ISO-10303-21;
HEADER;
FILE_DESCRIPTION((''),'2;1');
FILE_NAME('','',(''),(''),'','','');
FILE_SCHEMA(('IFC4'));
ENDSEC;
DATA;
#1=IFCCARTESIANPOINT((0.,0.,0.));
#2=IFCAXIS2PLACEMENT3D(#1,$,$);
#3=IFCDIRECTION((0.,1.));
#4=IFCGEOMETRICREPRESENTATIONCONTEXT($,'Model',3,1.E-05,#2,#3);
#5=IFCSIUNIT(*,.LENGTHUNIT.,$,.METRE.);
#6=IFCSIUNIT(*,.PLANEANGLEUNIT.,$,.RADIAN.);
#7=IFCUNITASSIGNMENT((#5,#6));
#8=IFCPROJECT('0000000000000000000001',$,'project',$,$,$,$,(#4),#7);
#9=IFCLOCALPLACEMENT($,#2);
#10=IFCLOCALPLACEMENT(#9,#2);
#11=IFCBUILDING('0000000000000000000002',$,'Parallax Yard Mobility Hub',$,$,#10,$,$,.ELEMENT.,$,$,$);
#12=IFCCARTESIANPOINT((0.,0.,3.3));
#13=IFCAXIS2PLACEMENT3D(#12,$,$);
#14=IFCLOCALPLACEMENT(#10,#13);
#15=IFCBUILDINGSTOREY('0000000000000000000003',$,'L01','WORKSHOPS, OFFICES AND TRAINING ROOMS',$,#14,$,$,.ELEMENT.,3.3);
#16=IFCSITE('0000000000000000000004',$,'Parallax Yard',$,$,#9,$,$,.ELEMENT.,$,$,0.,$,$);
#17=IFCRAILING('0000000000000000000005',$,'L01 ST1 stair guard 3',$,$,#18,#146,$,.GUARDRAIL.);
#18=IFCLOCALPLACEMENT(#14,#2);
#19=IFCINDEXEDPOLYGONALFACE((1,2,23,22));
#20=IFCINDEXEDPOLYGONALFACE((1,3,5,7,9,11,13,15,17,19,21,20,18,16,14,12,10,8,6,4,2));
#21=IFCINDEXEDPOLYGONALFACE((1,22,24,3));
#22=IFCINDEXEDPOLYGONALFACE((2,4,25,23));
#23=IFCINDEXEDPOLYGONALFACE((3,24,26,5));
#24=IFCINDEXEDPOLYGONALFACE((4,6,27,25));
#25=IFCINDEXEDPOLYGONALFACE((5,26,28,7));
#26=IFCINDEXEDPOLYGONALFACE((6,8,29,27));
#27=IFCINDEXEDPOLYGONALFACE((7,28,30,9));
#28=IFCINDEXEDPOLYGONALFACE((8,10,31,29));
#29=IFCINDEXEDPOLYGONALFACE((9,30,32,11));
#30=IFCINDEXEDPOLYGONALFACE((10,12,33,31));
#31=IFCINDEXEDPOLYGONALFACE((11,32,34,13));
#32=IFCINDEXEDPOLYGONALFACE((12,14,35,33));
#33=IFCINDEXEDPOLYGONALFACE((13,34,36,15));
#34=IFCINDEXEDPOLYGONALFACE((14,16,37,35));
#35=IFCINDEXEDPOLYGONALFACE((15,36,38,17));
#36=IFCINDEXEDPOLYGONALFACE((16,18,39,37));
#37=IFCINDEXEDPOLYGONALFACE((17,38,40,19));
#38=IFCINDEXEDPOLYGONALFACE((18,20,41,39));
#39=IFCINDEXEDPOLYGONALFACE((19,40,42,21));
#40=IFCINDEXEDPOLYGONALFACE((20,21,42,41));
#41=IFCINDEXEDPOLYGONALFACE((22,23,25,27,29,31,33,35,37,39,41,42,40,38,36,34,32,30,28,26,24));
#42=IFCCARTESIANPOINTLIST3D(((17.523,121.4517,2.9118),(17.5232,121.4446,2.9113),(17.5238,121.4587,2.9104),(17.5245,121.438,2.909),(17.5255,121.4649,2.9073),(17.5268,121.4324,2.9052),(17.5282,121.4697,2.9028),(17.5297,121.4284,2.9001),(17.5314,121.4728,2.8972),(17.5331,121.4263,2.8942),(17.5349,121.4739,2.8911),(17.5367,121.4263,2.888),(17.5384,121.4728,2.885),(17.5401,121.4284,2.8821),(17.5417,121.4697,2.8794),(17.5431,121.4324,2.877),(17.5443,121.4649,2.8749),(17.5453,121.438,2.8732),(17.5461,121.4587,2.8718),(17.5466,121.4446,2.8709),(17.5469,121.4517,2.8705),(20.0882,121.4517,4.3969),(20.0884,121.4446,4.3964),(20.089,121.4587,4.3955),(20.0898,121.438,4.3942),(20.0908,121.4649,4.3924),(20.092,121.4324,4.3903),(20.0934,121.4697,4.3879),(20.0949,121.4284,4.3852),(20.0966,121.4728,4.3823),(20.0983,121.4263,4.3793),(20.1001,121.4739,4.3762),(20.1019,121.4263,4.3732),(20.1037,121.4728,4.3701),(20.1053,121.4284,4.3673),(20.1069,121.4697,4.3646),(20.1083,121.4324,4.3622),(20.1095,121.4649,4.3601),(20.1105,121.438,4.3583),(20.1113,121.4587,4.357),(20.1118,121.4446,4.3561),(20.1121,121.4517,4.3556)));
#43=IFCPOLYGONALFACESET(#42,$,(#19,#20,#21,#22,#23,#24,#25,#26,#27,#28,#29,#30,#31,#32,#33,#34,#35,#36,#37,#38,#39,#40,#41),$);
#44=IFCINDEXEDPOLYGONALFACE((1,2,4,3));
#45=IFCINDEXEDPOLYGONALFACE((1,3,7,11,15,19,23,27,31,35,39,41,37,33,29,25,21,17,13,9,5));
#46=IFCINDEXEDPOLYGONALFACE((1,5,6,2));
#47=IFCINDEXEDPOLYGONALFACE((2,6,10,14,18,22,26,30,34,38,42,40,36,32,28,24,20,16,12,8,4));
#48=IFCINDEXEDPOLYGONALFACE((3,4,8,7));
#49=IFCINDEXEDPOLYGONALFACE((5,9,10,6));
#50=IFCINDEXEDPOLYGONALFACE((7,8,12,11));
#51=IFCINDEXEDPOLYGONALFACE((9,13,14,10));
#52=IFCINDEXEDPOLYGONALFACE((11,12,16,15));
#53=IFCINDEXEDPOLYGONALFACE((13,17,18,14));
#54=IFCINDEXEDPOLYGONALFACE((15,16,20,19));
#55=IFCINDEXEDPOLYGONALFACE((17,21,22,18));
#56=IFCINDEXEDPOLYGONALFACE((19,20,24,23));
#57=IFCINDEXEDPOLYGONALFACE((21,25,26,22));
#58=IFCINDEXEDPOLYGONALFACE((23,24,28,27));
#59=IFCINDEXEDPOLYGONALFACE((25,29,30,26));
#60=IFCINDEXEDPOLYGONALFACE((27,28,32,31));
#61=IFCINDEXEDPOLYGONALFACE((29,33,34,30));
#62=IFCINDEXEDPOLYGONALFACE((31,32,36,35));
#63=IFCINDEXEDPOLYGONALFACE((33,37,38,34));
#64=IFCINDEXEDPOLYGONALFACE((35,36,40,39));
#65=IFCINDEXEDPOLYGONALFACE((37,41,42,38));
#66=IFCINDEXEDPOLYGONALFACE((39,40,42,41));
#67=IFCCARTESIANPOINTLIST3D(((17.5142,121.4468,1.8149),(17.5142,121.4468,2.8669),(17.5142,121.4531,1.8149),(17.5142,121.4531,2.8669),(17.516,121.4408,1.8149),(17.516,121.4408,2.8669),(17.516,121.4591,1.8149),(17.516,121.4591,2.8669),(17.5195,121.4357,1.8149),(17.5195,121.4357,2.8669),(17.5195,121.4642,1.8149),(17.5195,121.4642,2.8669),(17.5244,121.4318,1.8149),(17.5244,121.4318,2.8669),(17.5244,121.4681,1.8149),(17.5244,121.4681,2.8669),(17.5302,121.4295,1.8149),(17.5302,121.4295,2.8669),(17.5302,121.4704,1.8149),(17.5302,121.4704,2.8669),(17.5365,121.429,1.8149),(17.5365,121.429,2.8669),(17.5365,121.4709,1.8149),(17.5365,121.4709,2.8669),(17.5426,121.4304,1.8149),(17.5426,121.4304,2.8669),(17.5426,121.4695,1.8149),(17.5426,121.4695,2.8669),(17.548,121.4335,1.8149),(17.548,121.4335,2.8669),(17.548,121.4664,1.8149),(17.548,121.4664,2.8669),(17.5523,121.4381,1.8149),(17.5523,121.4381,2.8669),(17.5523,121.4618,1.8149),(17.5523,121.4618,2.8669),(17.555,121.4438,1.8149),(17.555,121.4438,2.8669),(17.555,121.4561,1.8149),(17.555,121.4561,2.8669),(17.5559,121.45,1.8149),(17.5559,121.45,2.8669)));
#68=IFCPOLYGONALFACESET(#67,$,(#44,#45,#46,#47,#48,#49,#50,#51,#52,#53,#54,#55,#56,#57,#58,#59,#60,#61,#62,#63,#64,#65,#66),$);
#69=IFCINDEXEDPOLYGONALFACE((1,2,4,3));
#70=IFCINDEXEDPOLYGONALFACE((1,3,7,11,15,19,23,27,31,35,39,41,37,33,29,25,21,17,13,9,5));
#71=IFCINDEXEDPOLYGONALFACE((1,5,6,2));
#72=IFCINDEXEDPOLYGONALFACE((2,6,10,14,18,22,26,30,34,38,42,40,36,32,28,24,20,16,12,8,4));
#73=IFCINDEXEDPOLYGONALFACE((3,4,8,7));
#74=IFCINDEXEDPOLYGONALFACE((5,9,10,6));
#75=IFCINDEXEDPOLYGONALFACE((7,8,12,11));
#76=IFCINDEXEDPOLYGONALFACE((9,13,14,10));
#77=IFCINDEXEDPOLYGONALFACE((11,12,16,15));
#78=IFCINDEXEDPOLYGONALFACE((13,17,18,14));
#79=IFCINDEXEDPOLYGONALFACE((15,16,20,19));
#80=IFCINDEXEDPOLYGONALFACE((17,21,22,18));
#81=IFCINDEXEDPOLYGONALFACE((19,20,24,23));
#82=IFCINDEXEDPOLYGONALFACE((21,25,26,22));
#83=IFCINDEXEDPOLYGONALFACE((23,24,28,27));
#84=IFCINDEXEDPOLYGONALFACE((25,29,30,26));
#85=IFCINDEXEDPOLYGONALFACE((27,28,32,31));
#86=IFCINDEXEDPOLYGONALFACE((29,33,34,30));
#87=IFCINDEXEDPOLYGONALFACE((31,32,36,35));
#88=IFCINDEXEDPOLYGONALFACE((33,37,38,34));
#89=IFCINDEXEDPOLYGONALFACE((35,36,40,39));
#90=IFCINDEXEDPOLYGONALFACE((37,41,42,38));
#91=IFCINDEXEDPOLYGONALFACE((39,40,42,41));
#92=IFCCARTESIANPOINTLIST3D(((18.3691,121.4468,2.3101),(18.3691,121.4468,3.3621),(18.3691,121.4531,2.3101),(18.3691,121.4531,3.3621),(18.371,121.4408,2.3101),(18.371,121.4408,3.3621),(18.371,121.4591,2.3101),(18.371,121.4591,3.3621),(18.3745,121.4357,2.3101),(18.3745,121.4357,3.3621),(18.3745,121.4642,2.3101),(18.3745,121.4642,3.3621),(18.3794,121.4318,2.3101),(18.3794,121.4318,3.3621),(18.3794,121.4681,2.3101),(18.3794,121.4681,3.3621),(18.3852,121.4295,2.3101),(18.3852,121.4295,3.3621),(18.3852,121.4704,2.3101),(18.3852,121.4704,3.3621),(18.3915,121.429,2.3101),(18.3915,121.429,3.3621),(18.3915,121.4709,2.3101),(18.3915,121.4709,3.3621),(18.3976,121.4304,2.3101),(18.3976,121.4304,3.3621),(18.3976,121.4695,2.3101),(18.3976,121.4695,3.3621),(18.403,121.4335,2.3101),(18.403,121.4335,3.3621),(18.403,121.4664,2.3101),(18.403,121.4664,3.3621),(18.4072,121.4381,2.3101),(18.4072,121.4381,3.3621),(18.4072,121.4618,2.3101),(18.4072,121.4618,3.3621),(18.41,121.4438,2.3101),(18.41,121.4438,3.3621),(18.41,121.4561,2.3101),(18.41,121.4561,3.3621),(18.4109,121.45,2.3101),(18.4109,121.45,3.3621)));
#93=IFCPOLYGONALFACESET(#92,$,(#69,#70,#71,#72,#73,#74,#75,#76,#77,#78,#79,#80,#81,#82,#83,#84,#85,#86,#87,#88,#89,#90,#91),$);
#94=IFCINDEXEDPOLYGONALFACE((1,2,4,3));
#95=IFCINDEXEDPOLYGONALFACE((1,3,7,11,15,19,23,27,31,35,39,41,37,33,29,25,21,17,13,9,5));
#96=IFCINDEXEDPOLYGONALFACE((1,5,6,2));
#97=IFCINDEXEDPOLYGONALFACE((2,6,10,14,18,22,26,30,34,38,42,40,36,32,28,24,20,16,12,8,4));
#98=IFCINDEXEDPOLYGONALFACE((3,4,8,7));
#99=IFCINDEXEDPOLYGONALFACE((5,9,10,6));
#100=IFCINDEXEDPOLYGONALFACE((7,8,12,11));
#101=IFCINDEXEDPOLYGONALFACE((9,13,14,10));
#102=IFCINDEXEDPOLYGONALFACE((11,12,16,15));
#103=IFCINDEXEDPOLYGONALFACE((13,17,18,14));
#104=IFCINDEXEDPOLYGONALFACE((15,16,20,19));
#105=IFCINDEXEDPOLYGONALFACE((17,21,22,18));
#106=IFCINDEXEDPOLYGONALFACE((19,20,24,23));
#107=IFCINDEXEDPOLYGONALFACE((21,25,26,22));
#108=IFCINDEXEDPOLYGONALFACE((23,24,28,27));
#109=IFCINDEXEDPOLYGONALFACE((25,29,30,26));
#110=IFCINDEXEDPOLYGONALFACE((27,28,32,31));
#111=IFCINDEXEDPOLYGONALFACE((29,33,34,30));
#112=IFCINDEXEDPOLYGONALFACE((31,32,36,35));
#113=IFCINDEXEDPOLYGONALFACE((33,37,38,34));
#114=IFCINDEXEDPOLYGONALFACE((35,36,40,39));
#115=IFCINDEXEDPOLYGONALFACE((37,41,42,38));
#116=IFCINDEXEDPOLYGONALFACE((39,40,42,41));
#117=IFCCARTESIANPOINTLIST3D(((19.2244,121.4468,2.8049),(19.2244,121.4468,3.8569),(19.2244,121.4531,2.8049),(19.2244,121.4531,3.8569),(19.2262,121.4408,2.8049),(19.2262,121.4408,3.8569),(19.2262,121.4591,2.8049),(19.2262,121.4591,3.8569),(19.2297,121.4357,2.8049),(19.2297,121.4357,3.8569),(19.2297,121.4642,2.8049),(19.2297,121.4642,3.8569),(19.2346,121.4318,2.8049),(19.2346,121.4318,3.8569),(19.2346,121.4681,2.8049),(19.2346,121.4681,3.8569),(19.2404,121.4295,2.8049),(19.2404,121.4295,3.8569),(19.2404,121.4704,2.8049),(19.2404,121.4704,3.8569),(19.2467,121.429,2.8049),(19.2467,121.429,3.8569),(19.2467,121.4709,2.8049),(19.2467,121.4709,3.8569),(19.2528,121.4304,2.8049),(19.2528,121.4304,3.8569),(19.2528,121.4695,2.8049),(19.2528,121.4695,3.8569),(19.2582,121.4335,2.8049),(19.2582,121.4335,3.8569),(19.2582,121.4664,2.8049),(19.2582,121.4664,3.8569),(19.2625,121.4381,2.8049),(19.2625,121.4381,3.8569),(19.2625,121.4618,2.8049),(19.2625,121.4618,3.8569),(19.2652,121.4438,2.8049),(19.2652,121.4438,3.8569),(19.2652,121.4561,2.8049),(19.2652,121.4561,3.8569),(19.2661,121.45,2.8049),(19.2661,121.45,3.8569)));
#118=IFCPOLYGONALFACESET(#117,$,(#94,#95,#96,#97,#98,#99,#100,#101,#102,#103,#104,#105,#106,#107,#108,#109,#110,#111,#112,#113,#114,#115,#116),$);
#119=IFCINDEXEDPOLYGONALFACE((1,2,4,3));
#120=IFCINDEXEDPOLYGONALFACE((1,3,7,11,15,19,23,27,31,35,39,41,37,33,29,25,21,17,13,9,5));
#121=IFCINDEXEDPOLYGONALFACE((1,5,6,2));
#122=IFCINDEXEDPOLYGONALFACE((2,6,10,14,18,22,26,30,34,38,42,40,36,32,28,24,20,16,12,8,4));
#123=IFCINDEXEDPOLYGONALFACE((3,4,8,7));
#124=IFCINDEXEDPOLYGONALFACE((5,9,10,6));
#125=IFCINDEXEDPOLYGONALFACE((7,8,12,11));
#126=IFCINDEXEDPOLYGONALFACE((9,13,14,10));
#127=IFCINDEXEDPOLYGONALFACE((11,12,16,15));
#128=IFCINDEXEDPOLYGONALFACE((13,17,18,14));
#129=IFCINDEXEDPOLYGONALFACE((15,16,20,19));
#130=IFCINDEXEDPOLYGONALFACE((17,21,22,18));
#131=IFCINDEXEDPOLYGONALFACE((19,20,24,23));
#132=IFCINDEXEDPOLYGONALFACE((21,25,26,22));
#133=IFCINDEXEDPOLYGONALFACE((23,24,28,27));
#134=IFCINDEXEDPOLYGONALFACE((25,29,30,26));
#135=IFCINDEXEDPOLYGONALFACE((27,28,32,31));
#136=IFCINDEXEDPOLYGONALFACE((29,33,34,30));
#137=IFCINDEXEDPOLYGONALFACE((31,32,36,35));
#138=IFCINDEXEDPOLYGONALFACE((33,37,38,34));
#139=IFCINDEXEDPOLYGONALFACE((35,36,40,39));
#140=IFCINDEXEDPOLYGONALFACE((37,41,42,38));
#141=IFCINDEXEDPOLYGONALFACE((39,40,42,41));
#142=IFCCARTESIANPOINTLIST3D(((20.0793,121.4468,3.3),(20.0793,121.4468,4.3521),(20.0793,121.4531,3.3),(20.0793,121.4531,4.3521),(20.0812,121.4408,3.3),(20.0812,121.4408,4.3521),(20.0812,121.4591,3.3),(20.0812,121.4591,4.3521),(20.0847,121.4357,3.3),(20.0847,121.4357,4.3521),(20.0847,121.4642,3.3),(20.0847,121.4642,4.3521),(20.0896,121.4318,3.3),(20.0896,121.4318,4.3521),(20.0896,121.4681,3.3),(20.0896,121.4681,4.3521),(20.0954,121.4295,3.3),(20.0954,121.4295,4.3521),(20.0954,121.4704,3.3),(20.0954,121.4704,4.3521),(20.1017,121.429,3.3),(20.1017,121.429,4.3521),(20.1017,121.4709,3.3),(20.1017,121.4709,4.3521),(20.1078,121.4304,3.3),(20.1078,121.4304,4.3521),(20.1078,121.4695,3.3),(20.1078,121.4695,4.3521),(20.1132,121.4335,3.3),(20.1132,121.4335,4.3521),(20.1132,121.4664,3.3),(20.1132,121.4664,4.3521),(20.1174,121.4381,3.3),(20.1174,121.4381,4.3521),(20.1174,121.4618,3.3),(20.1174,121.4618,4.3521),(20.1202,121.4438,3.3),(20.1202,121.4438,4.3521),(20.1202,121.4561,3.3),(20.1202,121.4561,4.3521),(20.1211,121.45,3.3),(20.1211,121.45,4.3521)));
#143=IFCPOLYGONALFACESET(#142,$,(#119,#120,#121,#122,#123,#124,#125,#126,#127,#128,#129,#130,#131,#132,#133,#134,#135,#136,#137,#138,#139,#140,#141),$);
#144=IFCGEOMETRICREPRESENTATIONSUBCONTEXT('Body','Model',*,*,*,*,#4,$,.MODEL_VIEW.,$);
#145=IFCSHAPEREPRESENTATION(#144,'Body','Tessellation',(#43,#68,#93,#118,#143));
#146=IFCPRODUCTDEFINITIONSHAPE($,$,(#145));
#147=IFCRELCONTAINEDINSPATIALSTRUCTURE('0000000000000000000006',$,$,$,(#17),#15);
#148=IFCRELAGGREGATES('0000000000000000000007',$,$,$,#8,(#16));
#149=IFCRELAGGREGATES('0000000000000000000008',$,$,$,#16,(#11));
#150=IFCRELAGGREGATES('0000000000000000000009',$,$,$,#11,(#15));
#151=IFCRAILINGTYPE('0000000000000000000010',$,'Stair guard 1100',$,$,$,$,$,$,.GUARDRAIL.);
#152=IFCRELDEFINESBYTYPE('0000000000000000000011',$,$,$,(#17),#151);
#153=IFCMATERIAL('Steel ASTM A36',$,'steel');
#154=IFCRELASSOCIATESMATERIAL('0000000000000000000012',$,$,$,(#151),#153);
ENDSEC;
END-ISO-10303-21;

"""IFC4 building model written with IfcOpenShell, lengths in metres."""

from ifc_helpers import new_model, si_unit, direction, frame, origin, origin_2d, place, context, subcontext, project, spatial, circle, extrude, material, type_object, element, save


model = new_model("IFC4")

# Units and contexts
model_context = context("Model", 3, precision=1e-05, world=origin(), true_north=direction((0.0, 1.0)))
body_context = subcontext(model_context, "Body", "Model", "MODEL_VIEW")
ifc_project = project(units=[si_unit("LENGTHUNIT", "METRE"), si_unit("PLANEANGLEUNIT", "RADIAN")], contexts=[model_context])

# Site, building, storey
site_placement = place(None, origin())
site = spatial("IfcSite", under=ifc_project, at=site_placement, Name="Parallax Yard", CompositionType="ELEMENT", RefElevation=0.0)
building_placement = place(site_placement, origin())
building = spatial("IfcBuilding", under=site, at=building_placement, Name="Parallax Yard Mobility Hub", CompositionType="ELEMENT")
storey_placement = place(building_placement, frame((0.0, 0.0, 3.3)))
storey = spatial("IfcBuildingStorey", under=building, at=storey_placement, Name="L01", Description="WORKSHOPS, OFFICES AND TRAINING ROOMS", CompositionType="ELEMENT", Elevation=3.3)

# Railing
ifc_material_1 = material(Name="Steel ASTM A36", Category="steel")
railing_type_1 = type_object("IfcRailingType", Name="Stair guard 1100", PredefinedType="GUARDRAIL", material=ifc_material_1)
railing_1_placement = place(storey_placement, frame((17.5349, 121.45, 1.8149)))
element("IfcRailing", 1, at=railing_1_placement, inside=storey, type_object=railing_type_1, Name="L01 ST1 stair guard 3", PredefinedType="GUARDRAIL", context=body_context, shape_type="SweptSolid", body=[
    extrude(circle(Radius=0.0239, at=origin_2d()), frame((0.0, 0.0, 1.0762), z_axis=(0.865426, 0.0, 0.501036), x_axis=(0.0, 1.0, 0.0)), (0.0, 0.0, 1.0), 2.9641),
    extrude(circle(Radius=0.021, at=origin_2d()), origin(), (0.0, 0.0, 1.0), 1.052),
    extrude(circle(Radius=0.021, at=origin_2d()), frame((0.855, 0.0, 0.4951)), (0.0, 0.0, 1.0), 1.052),
    extrude(circle(Radius=0.021, at=origin_2d()), frame((1.7102, 0.0, 0.99)), (0.0, 0.0, 1.0), 1.052),
    extrude(circle(Radius=0.021, at=origin_2d()), frame((2.5652, 0.0, 1.4851)), (0.0, 0.0, 1.0), 1.052),
])

save(model, "model.ifc")
